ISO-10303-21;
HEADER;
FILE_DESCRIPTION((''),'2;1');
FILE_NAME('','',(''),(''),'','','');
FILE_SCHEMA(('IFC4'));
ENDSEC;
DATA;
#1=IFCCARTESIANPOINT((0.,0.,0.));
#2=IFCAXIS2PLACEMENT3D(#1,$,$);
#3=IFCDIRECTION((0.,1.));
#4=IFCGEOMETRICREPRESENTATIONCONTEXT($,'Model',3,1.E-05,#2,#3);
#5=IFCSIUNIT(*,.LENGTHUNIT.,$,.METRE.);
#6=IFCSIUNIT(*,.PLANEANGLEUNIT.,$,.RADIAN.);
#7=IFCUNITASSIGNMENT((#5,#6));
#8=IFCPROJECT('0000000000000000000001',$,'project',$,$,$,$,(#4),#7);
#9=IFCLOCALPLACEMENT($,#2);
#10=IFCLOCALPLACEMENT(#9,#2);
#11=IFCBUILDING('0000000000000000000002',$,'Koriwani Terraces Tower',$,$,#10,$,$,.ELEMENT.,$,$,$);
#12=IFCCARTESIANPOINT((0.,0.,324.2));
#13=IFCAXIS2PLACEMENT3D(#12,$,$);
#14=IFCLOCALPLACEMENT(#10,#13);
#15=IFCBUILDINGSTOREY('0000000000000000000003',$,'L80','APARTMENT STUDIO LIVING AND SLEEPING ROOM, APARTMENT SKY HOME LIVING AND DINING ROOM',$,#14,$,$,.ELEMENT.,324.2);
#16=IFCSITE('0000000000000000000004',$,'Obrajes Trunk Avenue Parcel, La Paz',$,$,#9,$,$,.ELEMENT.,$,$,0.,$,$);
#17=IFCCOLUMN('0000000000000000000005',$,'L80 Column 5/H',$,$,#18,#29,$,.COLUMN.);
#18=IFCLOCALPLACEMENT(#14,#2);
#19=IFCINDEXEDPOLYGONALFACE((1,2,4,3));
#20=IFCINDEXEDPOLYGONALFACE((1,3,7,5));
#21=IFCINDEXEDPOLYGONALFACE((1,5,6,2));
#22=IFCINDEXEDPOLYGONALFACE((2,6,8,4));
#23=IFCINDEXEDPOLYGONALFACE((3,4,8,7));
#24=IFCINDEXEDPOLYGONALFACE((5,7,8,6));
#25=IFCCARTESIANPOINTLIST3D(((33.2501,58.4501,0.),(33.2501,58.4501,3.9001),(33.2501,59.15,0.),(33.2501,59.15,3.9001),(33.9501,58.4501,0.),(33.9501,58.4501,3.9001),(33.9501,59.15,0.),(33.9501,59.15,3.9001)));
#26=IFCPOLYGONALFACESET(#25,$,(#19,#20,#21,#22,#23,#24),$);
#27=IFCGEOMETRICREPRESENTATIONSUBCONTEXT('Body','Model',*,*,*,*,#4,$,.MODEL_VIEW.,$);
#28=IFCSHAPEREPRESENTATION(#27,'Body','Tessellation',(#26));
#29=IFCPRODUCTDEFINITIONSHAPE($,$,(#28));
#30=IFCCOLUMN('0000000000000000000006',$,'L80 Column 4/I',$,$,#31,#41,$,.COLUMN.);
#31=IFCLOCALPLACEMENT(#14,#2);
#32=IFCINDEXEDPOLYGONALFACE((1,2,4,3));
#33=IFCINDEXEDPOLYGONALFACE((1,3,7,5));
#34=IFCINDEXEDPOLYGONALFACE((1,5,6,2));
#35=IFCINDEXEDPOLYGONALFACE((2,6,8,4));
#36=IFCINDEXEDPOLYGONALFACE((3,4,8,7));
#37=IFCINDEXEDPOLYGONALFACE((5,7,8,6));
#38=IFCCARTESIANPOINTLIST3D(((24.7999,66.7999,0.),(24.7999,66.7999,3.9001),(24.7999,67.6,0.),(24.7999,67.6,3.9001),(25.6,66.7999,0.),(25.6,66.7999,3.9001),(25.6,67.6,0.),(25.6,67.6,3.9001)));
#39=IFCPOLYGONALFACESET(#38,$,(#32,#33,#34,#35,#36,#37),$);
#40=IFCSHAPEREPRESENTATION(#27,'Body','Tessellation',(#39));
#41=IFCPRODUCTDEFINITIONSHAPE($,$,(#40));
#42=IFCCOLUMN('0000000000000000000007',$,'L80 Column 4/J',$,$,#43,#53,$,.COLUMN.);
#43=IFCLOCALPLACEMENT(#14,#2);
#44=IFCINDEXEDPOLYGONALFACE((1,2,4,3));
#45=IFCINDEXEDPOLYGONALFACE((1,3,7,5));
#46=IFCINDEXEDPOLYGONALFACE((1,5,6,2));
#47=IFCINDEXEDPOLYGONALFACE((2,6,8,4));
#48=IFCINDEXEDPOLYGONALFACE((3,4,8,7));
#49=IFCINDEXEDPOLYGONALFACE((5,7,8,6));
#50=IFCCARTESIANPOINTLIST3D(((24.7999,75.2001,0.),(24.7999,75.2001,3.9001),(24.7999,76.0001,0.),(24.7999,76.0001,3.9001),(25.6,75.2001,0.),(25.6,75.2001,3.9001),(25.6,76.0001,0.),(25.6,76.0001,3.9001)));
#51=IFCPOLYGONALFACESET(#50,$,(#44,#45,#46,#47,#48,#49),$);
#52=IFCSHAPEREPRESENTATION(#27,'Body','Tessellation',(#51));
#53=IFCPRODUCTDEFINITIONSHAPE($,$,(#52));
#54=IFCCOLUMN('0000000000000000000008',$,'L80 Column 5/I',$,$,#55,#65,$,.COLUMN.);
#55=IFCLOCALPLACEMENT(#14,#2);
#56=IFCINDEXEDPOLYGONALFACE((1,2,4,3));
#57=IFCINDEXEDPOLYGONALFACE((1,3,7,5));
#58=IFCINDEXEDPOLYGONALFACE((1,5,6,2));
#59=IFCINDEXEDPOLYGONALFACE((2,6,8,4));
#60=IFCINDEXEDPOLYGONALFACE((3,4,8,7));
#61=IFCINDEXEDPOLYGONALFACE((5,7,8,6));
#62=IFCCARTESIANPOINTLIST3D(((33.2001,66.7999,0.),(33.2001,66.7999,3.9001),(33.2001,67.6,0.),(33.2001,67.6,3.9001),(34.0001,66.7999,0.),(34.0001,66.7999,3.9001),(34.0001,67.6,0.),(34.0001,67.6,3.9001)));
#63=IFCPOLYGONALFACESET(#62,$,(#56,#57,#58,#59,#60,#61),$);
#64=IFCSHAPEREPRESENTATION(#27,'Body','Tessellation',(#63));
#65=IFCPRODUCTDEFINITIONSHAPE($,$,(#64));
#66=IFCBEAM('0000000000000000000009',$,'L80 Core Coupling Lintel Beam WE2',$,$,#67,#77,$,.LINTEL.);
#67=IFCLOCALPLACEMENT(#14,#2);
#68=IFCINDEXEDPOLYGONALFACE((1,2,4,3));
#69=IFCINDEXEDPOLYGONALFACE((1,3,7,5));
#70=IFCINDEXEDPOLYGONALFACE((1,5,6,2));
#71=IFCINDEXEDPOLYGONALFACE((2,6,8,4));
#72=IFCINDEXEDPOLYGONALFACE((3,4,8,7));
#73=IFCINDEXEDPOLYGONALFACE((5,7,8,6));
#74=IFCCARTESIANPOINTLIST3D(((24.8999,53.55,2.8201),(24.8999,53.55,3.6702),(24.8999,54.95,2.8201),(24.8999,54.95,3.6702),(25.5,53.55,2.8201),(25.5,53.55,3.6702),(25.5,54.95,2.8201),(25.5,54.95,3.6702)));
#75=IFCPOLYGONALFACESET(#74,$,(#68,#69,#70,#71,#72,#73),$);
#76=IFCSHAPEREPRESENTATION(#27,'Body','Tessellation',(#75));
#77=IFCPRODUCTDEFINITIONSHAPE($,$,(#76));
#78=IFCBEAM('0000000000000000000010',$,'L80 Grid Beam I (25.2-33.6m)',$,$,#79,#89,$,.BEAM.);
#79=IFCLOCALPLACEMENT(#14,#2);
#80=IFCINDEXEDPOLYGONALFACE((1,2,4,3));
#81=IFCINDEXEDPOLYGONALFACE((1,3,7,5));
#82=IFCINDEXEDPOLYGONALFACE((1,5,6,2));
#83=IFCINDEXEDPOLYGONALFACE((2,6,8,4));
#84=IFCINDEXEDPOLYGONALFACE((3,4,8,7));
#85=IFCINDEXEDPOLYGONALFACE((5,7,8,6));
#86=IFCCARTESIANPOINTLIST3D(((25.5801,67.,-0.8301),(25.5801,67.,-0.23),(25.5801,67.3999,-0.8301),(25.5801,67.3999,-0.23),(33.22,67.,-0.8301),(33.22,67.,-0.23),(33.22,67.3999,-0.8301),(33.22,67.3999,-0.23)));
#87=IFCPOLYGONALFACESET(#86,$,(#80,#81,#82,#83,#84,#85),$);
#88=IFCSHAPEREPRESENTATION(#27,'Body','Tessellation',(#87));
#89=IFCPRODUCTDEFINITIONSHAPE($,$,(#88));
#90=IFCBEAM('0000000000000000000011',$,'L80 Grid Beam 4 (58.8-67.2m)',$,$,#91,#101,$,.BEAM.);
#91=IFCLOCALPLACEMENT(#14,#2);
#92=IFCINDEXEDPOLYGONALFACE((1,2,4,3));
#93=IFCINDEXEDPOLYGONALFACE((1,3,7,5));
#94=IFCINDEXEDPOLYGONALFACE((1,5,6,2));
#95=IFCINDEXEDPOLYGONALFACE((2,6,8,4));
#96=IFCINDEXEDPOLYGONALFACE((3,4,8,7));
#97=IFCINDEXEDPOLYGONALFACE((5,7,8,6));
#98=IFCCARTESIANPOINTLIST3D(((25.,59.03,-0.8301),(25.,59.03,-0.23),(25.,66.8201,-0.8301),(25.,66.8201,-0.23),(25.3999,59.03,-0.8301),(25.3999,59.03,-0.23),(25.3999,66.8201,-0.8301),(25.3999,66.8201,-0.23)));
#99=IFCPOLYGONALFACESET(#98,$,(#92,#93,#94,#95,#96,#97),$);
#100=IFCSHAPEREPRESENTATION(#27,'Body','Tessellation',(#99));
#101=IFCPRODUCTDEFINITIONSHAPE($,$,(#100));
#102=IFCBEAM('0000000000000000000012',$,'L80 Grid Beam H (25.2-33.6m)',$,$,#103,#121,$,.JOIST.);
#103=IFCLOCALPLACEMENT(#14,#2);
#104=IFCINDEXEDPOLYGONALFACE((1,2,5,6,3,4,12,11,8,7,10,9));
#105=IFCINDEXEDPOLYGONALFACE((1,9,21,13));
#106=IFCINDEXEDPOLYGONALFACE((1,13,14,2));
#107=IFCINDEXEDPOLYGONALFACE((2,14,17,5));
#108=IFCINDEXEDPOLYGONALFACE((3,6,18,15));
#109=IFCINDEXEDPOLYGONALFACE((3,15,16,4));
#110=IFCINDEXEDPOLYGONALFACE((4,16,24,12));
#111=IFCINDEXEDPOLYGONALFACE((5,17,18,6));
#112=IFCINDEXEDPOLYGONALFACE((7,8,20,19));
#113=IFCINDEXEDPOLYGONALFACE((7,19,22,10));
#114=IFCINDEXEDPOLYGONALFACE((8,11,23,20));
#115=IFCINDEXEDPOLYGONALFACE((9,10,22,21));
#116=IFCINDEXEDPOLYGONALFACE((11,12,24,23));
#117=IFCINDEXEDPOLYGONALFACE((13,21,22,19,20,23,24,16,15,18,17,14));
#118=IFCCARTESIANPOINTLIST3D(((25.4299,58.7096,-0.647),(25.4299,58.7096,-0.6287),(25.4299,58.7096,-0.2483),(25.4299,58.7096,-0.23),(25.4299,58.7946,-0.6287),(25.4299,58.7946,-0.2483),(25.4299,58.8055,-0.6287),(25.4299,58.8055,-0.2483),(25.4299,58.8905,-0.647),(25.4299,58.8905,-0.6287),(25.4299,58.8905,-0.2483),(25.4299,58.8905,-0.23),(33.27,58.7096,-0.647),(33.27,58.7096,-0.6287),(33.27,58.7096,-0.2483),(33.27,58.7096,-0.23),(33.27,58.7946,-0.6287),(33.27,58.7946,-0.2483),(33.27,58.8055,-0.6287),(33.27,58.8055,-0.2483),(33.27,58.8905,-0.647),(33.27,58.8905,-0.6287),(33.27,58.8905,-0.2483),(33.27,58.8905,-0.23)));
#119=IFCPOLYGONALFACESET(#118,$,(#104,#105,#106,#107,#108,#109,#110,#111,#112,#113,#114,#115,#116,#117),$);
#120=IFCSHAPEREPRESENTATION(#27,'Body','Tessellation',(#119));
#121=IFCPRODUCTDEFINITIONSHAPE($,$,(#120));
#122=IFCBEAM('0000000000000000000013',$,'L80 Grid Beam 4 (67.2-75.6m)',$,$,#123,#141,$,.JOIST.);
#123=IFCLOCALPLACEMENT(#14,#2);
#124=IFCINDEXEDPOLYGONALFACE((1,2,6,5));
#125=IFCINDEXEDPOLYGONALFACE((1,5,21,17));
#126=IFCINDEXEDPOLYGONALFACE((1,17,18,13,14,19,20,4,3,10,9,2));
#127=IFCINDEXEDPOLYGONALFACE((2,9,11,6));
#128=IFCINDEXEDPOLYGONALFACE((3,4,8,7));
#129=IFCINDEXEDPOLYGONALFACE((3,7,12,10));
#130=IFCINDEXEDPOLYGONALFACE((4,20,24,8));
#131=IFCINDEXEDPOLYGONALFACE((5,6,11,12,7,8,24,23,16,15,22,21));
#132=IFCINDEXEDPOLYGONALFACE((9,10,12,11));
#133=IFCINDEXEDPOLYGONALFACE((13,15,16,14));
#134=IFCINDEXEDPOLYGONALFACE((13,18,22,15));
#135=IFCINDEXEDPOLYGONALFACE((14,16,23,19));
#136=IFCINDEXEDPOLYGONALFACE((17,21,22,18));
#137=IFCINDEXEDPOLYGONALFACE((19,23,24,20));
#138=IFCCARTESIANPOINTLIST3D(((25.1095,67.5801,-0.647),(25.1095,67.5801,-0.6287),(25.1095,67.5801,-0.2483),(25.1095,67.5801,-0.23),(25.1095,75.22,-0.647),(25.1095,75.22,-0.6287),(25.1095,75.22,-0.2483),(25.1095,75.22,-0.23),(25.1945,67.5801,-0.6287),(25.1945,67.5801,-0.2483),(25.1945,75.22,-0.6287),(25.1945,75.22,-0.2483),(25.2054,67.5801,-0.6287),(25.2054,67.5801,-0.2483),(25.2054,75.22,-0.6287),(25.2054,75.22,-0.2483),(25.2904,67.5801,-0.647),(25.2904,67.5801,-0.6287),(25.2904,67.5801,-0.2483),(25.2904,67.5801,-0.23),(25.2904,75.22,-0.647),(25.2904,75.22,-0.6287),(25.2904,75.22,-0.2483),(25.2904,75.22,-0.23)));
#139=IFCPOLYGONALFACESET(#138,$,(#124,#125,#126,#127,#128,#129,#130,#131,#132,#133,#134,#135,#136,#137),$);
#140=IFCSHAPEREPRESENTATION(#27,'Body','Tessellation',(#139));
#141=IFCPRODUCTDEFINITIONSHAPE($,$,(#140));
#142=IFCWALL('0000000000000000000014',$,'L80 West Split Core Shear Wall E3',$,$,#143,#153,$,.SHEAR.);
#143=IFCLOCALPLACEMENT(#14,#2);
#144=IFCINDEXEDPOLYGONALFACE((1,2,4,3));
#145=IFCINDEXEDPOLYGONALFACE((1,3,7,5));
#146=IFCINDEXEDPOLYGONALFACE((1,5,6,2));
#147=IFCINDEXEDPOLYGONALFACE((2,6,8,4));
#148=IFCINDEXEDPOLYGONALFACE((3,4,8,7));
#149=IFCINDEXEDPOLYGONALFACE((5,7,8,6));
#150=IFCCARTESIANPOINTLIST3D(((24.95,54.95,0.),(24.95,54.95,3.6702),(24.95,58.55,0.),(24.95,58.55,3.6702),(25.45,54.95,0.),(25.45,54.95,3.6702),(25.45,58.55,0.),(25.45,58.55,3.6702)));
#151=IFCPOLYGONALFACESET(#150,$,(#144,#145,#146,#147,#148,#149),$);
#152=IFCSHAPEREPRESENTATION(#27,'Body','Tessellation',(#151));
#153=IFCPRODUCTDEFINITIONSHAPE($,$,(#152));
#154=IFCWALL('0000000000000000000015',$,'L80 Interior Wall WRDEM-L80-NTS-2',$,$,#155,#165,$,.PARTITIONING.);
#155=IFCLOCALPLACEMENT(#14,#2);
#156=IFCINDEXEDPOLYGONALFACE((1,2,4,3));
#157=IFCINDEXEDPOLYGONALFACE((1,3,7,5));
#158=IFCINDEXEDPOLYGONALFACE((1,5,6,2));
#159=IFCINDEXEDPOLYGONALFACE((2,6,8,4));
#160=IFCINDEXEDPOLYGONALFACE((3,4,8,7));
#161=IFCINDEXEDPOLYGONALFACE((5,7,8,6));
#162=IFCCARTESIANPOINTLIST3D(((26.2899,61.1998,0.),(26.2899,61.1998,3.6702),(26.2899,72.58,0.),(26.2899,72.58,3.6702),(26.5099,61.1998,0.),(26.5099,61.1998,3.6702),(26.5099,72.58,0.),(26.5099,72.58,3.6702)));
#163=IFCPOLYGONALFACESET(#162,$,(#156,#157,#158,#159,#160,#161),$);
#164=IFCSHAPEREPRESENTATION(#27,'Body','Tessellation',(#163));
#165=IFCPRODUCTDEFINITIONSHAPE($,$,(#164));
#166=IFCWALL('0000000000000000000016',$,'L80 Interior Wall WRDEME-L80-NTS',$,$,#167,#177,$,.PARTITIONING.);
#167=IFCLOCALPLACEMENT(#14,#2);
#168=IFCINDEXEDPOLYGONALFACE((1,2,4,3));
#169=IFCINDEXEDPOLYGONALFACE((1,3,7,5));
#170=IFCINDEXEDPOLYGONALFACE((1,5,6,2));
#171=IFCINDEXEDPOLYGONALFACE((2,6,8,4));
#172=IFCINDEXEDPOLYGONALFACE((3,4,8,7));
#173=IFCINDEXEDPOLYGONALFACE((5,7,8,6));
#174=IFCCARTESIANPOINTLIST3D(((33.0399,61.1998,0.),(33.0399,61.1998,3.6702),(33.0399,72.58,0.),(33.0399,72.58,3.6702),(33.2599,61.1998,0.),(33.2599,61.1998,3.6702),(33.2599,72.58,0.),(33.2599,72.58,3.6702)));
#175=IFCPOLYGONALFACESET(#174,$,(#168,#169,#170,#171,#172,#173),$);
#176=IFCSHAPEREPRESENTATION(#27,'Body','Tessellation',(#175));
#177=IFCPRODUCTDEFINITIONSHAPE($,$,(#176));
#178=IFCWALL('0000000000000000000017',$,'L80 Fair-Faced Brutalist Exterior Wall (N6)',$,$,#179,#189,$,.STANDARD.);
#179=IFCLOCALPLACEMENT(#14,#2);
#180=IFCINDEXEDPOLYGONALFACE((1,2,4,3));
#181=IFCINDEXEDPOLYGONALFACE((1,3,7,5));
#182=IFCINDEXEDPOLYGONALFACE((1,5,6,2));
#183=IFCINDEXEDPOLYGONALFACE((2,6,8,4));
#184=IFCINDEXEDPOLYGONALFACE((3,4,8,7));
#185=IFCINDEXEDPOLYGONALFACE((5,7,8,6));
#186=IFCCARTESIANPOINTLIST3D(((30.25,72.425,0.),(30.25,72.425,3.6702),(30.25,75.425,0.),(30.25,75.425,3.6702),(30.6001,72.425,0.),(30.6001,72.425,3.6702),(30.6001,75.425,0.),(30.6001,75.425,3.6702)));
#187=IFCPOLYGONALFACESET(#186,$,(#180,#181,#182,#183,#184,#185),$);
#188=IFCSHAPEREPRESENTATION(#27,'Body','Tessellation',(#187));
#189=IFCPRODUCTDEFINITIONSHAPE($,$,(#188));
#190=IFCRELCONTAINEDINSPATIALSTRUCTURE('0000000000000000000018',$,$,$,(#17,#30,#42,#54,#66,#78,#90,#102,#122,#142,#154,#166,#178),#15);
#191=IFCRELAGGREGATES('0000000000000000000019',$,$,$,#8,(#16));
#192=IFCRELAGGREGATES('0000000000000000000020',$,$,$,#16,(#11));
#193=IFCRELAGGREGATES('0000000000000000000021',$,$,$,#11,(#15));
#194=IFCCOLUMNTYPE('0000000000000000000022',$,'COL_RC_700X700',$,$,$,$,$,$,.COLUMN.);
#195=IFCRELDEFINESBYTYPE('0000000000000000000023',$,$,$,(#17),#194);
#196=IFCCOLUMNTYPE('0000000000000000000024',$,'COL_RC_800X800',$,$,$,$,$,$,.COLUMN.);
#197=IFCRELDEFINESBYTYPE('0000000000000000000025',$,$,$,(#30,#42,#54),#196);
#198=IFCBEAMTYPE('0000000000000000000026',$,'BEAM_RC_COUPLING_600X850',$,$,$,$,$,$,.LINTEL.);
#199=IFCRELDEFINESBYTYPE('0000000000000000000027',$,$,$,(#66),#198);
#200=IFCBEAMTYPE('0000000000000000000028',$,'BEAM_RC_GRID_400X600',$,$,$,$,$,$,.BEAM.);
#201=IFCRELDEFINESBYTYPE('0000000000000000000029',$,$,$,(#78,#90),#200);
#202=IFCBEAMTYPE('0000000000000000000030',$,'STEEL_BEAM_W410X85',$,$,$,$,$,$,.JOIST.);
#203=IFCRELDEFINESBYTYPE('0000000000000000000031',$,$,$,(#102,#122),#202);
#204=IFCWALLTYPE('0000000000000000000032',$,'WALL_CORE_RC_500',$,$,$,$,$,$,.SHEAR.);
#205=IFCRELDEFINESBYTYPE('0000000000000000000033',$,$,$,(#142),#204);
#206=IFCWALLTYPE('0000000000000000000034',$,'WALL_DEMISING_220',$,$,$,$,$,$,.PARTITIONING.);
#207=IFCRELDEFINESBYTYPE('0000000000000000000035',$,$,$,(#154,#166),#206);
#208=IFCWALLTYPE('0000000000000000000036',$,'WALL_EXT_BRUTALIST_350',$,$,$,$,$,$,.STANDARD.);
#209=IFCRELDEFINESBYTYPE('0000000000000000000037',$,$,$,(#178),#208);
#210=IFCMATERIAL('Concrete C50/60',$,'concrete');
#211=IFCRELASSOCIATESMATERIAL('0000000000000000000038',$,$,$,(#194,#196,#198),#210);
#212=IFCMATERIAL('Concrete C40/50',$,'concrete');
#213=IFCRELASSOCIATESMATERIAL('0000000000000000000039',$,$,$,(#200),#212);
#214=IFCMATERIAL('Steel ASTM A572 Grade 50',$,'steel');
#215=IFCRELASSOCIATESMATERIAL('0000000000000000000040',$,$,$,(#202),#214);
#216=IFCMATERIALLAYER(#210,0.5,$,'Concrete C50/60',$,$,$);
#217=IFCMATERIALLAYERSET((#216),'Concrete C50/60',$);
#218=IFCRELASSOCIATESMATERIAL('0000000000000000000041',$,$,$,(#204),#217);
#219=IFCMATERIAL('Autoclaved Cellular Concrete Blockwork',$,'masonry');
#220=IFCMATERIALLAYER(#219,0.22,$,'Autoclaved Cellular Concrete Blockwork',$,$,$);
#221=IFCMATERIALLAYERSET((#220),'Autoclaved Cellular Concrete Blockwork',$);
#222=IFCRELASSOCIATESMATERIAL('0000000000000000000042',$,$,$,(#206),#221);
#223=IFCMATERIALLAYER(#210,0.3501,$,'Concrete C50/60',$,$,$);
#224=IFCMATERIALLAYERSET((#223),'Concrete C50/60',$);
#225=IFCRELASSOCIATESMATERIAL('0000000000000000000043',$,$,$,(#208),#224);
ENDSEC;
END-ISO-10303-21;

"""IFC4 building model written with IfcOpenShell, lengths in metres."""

from ifc_helpers import new_model, si_unit, direction, frame, frame_2d, origin, origin_2d, place, context, subcontext, project, spatial, rectangle, i_section, extrude, material, layer, layer_set, material_profile, profile_set, type_object, element, save


model = new_model("IFC4")

# Units and contexts
model_context = context("Model", 3, precision=1e-05, world=origin(), true_north=direction((0.0, 1.0)))
body_context = subcontext(model_context, "Body", "Model", "MODEL_VIEW")
ifc_project = project(units=[si_unit("LENGTHUNIT", "METRE"), si_unit("PLANEANGLEUNIT", "RADIAN")], contexts=[model_context])

# Site, building, storey
site_placement = place(None, origin())
site = spatial("IfcSite", under=ifc_project, at=site_placement, Name="Obrajes Trunk Avenue Parcel, La Paz", CompositionType="ELEMENT", RefElevation=0.0)
building_placement = place(site_placement, origin())
building = spatial("IfcBuilding", under=site, at=building_placement, Name="Koriwani Terraces Tower", CompositionType="ELEMENT")
storey_placement = place(building_placement, frame((0.0, 0.0, 324.2)))
storey = spatial("IfcBuildingStorey", under=building, at=storey_placement, Name="L80", Description="APARTMENT STUDIO LIVING AND SLEEPING ROOM, APARTMENT SKY HOME LIVING AND DINING ROOM", CompositionType="ELEMENT", Elevation=324.2)

# Columns
ifc_material_1 = material(Name="Concrete C50/60", Category="concrete")
ifc_material_profile_1 = material_profile(ifc_material_1, rectangle(XDim=0.7, YDim=0.7, at=origin_2d()), Name="Concrete C50/60", Category="LoadBearing")
ifc_profile_set_1 = profile_set([ifc_material_profile_1], Name="Concrete C50/60")
column_type_1 = type_object("IfcColumnType", Name="COL_RC_700X700", PredefinedType="COLUMN", material=ifc_profile_set_1)
column_placement = place(storey_placement, frame((33.6001, 58.8, 0.0), z_axis=(0.0, 0.0, 1.0), x_axis=(1.0, 0.0, 0.0)))
element("IfcColumn", 1, at=column_placement, inside=storey, type_object=column_type_1, Name="L80 Column 5/H", PredefinedType="COLUMN", context=body_context, shape_type="SweptSolid", body=[
    extrude(rectangle(XDim=0.7, YDim=0.7, at=origin_2d()), origin(), (0.0, 0.0, 1.0), 3.9001),
])
ifc_material_profile_2 = material_profile(ifc_material_1, rectangle(XDim=0.8, YDim=0.8, at=origin_2d()), Name="Concrete C50/60", Category="LoadBearing")
ifc_profile_set_2 = profile_set([ifc_material_profile_2], Name="Concrete C50/60")
column_type_2 = type_object("IfcColumnType", Name="COL_RC_800X800", PredefinedType="COLUMN", material=ifc_profile_set_2)
for number, where, z_axis, x_axis, name in (
    (2, (25.2, 67.2, 0.0), (0.0, 0.0, 1.0), (1.0, 0.0, 0.0), "L80 Column 4/I"),
    (3, (25.2, 75.6001, 0.0), (0.0, 0.0, 1.0), (1.0, 0.0, 0.0), "L80 Column 4/J"),
    (4, (33.6001, 67.2, 0.0), (0.0, 0.0, 1.0), (1.0, 0.0, 0.0), "L80 Column 5/I"),
):
    element("IfcColumn", number, at=place(storey_placement, frame(where, z_axis=z_axis, x_axis=x_axis)), inside=storey, type_object=column_type_2, Name=name, PredefinedType="COLUMN", context=body_context, shape_type="SweptSolid", body=[
        extrude(rectangle(XDim=0.8, YDim=0.8, at=origin_2d()), origin(), (0.0, 0.0, 1.0), 3.9001),
    ])

# Beams
ifc_material_profile_3 = material_profile(ifc_material_1, rectangle(XDim=0.6001, YDim=0.8501, at=origin_2d()), Name="Concrete C50/60", Category="LoadBearing")
ifc_profile_set_3 = profile_set([ifc_material_profile_3], Name="Concrete C50/60")
beam_type_1 = type_object("IfcBeamType", Name="BEAM_RC_COUPLING_600X850", PredefinedType="LINTEL", material=ifc_profile_set_3)
beam_1_placement = place(storey_placement, frame((25.2, 53.55, 3.2451), z_axis=(0.0, 1.0, 0.0), x_axis=(-1.0, 0.0, 0.0)))
element("IfcBeam", 5, at=beam_1_placement, inside=storey, type_object=beam_type_1, Name="L80 Core Coupling Lintel Beam WE2", PredefinedType="LINTEL", context=body_context, shape_type="SweptSolid", body=[
    extrude(rectangle(XDim=0.6001, YDim=0.8501, at=origin_2d()), origin(), (0.0, 0.0, 1.0), 1.3999),
])
ifc_material_2 = material(Name="Concrete C40/50", Category="concrete")
ifc_material_profile_4 = material_profile(ifc_material_2, rectangle(XDim=0.3999, YDim=0.6001, at=origin_2d()), Name="Concrete C40/50", Category="LoadBearing")
ifc_profile_set_4 = profile_set([ifc_material_profile_4], Name="Concrete C40/50")
beam_type_2 = type_object("IfcBeamType", Name="BEAM_RC_GRID_400X600", PredefinedType="BEAM", material=ifc_profile_set_4)
beam_2_placement = place(storey_placement, frame((25.5801, 67.2, -0.53), z_axis=(1.0, 0.0, 0.0), x_axis=(0.0, 1.0, 0.0)))
element("IfcBeam", 6, at=beam_2_placement, inside=storey, type_object=beam_type_2, Name="L80 Grid Beam I (25.2-33.6m)", PredefinedType="BEAM", context=body_context, shape_type="SweptSolid", body=[
    extrude(rectangle(XDim=0.3999, YDim=0.6001, at=origin_2d()), origin(), (0.0, 0.0, 1.0), 7.6399),
])
beam_3_placement = place(storey_placement, frame((25.2, 59.03, -0.53), z_axis=(0.0, 1.0, 0.0), x_axis=(-1.0, 0.0, 0.0)))
element("IfcBeam", 7, at=beam_3_placement, inside=storey, type_object=beam_type_2, Name="L80 Grid Beam 4 (58.8-67.2m)", PredefinedType="BEAM", context=body_context, shape_type="SweptSolid", body=[
    extrude(rectangle(XDim=0.3999, YDim=0.6001, at=origin_2d()), origin(), (0.0, 0.0, 1.0), 7.79),
])
ifc_material_3 = material(Name="Steel ASTM A572 Grade 50", Category="steel")
ifc_material_profile_5 = material_profile(ifc_material_3, i_section(OverallWidth=0.1809, OverallDepth=0.417, WebThickness=0.011, FlangeThickness=0.0183, at=origin_2d()), Name="Steel ASTM A572 Grade 50", Category="LoadBearing")
ifc_profile_set_5 = profile_set([ifc_material_profile_5], Name="Steel ASTM A572 Grade 50")
beam_type_3 = type_object("IfcBeamType", Name="STEEL_BEAM_W410X85", PredefinedType="JOIST", material=ifc_profile_set_5)
beam_4_placement = place(storey_placement, frame((25.4299, 58.8, -0.4385), z_axis=(1.0, 0.0, 0.0), x_axis=(0.0, 1.0, 0.0)))
element("IfcBeam", 8, at=beam_4_placement, inside=storey, type_object=beam_type_3, Name="L80 Grid Beam H (25.2-33.6m)", PredefinedType="JOIST", context=body_context, shape_type="SweptSolid", body=[
    extrude(i_section(OverallWidth=0.1809, OverallDepth=0.417, WebThickness=0.011, FlangeThickness=0.0183, at=origin_2d()), origin(), (0.0, 0.0, 1.0), 7.8401),
])
beam_5_placement = place(storey_placement, frame((25.2, 67.5801, -0.4385), z_axis=(0.0, 1.0, 0.0), x_axis=(-1.0, 0.0, 0.0)))
element("IfcBeam", 9, at=beam_5_placement, inside=storey, type_object=beam_type_3, Name="L80 Grid Beam 4 (67.2-75.6m)", PredefinedType="JOIST", context=body_context, shape_type="SweptSolid", body=[
    extrude(i_section(OverallWidth=0.1809, OverallDepth=0.417, WebThickness=0.011, FlangeThickness=0.0183, at=origin_2d()), origin(), (0.0, 0.0, 1.0), 7.6399),
])

# Walls
ifc_layer_1 = layer(ifc_material_1, 0.5, Name="Concrete C50/60")
ifc_layer_set_1 = layer_set([ifc_layer_1], Name="Concrete C50/60")
wall_type_1 = type_object("IfcWallType", Name="WALL_CORE_RC_500", PredefinedType="SHEAR", material=ifc_layer_set_1)
wall_1_placement = place(storey_placement, frame((25.2, 54.95, 0.0), z_axis=(0.0, 0.0, 1.0), x_axis=(0.0, 1.0, 0.0)))
element("IfcWall", 10, at=wall_1_placement, inside=storey, type_object=wall_type_1, Name="L80 West Split Core Shear Wall E3", PredefinedType="SHEAR", context=body_context, shape_type="SweptSolid", body=[
    extrude(rectangle(XDim=3.6001, YDim=0.5, at=frame_2d((1.8, 0.0))), origin(), (0.0, 0.0, 1.0), 3.6702),
])
ifc_material_4 = material(Name="Autoclaved Cellular Concrete Blockwork", Category="masonry")
ifc_layer_2 = layer(ifc_material_4, 0.22, Name="Autoclaved Cellular Concrete Blockwork")
ifc_layer_set_2 = layer_set([ifc_layer_2], Name="Autoclaved Cellular Concrete Blockwork")
wall_type_2 = type_object("IfcWallType", Name="WALL_DEMISING_220", PredefinedType="PARTITIONING", material=ifc_layer_set_2)
for number, where, z_axis, x_axis, name in (
    (11, (26.3999, 61.2, 0.0), (0.0, 0.0, 1.0), (0.0, 1.0, 0.0), "L80 Interior Wall WRDEM-L80-NTS-2"),
    (12, (33.1499, 61.2, 0.0), (0.0, 0.0, 1.0), (0.0, 1.0, 0.0), "L80 Interior Wall WRDEME-L80-NTS"),
):
    element("IfcWall", number, at=place(storey_placement, frame(where, z_axis=z_axis, x_axis=x_axis)), inside=storey, type_object=wall_type_2, Name=name, PredefinedType="PARTITIONING", context=body_context, shape_type="SweptSolid", body=[
        extrude(rectangle(XDim=11.3801, YDim=0.22, at=frame_2d((5.6899, 0.0))), origin(), (0.0, 0.0, 1.0), 3.6702),
    ])
ifc_layer_3 = layer(ifc_material_1, 0.3501, Name="Concrete C50/60")
ifc_layer_set_3 = layer_set([ifc_layer_3], Name="Concrete C50/60")
wall_type_3 = type_object("IfcWallType", Name="WALL_EXT_BRUTALIST_350", PredefinedType="STANDARD", material=ifc_layer_set_3)
wall_2_placement = place(storey_placement, frame((30.425, 75.425, 0.0), z_axis=(0.0, 0.0, 1.0), x_axis=(0.0, -1.0, 0.0)))
element("IfcWall", 13, at=wall_2_placement, inside=storey, type_object=wall_type_3, Name="L80 Fair-Faced Brutalist Exterior Wall (N6)", PredefinedType="STANDARD", context=body_context, shape_type="SweptSolid", body=[
    extrude(rectangle(XDim=3.0, YDim=0.3501, at=frame_2d((1.5, 0.0))), origin(), (0.0, 0.0, 1.0), 3.6702),
])

save(model, "model.ifc")
